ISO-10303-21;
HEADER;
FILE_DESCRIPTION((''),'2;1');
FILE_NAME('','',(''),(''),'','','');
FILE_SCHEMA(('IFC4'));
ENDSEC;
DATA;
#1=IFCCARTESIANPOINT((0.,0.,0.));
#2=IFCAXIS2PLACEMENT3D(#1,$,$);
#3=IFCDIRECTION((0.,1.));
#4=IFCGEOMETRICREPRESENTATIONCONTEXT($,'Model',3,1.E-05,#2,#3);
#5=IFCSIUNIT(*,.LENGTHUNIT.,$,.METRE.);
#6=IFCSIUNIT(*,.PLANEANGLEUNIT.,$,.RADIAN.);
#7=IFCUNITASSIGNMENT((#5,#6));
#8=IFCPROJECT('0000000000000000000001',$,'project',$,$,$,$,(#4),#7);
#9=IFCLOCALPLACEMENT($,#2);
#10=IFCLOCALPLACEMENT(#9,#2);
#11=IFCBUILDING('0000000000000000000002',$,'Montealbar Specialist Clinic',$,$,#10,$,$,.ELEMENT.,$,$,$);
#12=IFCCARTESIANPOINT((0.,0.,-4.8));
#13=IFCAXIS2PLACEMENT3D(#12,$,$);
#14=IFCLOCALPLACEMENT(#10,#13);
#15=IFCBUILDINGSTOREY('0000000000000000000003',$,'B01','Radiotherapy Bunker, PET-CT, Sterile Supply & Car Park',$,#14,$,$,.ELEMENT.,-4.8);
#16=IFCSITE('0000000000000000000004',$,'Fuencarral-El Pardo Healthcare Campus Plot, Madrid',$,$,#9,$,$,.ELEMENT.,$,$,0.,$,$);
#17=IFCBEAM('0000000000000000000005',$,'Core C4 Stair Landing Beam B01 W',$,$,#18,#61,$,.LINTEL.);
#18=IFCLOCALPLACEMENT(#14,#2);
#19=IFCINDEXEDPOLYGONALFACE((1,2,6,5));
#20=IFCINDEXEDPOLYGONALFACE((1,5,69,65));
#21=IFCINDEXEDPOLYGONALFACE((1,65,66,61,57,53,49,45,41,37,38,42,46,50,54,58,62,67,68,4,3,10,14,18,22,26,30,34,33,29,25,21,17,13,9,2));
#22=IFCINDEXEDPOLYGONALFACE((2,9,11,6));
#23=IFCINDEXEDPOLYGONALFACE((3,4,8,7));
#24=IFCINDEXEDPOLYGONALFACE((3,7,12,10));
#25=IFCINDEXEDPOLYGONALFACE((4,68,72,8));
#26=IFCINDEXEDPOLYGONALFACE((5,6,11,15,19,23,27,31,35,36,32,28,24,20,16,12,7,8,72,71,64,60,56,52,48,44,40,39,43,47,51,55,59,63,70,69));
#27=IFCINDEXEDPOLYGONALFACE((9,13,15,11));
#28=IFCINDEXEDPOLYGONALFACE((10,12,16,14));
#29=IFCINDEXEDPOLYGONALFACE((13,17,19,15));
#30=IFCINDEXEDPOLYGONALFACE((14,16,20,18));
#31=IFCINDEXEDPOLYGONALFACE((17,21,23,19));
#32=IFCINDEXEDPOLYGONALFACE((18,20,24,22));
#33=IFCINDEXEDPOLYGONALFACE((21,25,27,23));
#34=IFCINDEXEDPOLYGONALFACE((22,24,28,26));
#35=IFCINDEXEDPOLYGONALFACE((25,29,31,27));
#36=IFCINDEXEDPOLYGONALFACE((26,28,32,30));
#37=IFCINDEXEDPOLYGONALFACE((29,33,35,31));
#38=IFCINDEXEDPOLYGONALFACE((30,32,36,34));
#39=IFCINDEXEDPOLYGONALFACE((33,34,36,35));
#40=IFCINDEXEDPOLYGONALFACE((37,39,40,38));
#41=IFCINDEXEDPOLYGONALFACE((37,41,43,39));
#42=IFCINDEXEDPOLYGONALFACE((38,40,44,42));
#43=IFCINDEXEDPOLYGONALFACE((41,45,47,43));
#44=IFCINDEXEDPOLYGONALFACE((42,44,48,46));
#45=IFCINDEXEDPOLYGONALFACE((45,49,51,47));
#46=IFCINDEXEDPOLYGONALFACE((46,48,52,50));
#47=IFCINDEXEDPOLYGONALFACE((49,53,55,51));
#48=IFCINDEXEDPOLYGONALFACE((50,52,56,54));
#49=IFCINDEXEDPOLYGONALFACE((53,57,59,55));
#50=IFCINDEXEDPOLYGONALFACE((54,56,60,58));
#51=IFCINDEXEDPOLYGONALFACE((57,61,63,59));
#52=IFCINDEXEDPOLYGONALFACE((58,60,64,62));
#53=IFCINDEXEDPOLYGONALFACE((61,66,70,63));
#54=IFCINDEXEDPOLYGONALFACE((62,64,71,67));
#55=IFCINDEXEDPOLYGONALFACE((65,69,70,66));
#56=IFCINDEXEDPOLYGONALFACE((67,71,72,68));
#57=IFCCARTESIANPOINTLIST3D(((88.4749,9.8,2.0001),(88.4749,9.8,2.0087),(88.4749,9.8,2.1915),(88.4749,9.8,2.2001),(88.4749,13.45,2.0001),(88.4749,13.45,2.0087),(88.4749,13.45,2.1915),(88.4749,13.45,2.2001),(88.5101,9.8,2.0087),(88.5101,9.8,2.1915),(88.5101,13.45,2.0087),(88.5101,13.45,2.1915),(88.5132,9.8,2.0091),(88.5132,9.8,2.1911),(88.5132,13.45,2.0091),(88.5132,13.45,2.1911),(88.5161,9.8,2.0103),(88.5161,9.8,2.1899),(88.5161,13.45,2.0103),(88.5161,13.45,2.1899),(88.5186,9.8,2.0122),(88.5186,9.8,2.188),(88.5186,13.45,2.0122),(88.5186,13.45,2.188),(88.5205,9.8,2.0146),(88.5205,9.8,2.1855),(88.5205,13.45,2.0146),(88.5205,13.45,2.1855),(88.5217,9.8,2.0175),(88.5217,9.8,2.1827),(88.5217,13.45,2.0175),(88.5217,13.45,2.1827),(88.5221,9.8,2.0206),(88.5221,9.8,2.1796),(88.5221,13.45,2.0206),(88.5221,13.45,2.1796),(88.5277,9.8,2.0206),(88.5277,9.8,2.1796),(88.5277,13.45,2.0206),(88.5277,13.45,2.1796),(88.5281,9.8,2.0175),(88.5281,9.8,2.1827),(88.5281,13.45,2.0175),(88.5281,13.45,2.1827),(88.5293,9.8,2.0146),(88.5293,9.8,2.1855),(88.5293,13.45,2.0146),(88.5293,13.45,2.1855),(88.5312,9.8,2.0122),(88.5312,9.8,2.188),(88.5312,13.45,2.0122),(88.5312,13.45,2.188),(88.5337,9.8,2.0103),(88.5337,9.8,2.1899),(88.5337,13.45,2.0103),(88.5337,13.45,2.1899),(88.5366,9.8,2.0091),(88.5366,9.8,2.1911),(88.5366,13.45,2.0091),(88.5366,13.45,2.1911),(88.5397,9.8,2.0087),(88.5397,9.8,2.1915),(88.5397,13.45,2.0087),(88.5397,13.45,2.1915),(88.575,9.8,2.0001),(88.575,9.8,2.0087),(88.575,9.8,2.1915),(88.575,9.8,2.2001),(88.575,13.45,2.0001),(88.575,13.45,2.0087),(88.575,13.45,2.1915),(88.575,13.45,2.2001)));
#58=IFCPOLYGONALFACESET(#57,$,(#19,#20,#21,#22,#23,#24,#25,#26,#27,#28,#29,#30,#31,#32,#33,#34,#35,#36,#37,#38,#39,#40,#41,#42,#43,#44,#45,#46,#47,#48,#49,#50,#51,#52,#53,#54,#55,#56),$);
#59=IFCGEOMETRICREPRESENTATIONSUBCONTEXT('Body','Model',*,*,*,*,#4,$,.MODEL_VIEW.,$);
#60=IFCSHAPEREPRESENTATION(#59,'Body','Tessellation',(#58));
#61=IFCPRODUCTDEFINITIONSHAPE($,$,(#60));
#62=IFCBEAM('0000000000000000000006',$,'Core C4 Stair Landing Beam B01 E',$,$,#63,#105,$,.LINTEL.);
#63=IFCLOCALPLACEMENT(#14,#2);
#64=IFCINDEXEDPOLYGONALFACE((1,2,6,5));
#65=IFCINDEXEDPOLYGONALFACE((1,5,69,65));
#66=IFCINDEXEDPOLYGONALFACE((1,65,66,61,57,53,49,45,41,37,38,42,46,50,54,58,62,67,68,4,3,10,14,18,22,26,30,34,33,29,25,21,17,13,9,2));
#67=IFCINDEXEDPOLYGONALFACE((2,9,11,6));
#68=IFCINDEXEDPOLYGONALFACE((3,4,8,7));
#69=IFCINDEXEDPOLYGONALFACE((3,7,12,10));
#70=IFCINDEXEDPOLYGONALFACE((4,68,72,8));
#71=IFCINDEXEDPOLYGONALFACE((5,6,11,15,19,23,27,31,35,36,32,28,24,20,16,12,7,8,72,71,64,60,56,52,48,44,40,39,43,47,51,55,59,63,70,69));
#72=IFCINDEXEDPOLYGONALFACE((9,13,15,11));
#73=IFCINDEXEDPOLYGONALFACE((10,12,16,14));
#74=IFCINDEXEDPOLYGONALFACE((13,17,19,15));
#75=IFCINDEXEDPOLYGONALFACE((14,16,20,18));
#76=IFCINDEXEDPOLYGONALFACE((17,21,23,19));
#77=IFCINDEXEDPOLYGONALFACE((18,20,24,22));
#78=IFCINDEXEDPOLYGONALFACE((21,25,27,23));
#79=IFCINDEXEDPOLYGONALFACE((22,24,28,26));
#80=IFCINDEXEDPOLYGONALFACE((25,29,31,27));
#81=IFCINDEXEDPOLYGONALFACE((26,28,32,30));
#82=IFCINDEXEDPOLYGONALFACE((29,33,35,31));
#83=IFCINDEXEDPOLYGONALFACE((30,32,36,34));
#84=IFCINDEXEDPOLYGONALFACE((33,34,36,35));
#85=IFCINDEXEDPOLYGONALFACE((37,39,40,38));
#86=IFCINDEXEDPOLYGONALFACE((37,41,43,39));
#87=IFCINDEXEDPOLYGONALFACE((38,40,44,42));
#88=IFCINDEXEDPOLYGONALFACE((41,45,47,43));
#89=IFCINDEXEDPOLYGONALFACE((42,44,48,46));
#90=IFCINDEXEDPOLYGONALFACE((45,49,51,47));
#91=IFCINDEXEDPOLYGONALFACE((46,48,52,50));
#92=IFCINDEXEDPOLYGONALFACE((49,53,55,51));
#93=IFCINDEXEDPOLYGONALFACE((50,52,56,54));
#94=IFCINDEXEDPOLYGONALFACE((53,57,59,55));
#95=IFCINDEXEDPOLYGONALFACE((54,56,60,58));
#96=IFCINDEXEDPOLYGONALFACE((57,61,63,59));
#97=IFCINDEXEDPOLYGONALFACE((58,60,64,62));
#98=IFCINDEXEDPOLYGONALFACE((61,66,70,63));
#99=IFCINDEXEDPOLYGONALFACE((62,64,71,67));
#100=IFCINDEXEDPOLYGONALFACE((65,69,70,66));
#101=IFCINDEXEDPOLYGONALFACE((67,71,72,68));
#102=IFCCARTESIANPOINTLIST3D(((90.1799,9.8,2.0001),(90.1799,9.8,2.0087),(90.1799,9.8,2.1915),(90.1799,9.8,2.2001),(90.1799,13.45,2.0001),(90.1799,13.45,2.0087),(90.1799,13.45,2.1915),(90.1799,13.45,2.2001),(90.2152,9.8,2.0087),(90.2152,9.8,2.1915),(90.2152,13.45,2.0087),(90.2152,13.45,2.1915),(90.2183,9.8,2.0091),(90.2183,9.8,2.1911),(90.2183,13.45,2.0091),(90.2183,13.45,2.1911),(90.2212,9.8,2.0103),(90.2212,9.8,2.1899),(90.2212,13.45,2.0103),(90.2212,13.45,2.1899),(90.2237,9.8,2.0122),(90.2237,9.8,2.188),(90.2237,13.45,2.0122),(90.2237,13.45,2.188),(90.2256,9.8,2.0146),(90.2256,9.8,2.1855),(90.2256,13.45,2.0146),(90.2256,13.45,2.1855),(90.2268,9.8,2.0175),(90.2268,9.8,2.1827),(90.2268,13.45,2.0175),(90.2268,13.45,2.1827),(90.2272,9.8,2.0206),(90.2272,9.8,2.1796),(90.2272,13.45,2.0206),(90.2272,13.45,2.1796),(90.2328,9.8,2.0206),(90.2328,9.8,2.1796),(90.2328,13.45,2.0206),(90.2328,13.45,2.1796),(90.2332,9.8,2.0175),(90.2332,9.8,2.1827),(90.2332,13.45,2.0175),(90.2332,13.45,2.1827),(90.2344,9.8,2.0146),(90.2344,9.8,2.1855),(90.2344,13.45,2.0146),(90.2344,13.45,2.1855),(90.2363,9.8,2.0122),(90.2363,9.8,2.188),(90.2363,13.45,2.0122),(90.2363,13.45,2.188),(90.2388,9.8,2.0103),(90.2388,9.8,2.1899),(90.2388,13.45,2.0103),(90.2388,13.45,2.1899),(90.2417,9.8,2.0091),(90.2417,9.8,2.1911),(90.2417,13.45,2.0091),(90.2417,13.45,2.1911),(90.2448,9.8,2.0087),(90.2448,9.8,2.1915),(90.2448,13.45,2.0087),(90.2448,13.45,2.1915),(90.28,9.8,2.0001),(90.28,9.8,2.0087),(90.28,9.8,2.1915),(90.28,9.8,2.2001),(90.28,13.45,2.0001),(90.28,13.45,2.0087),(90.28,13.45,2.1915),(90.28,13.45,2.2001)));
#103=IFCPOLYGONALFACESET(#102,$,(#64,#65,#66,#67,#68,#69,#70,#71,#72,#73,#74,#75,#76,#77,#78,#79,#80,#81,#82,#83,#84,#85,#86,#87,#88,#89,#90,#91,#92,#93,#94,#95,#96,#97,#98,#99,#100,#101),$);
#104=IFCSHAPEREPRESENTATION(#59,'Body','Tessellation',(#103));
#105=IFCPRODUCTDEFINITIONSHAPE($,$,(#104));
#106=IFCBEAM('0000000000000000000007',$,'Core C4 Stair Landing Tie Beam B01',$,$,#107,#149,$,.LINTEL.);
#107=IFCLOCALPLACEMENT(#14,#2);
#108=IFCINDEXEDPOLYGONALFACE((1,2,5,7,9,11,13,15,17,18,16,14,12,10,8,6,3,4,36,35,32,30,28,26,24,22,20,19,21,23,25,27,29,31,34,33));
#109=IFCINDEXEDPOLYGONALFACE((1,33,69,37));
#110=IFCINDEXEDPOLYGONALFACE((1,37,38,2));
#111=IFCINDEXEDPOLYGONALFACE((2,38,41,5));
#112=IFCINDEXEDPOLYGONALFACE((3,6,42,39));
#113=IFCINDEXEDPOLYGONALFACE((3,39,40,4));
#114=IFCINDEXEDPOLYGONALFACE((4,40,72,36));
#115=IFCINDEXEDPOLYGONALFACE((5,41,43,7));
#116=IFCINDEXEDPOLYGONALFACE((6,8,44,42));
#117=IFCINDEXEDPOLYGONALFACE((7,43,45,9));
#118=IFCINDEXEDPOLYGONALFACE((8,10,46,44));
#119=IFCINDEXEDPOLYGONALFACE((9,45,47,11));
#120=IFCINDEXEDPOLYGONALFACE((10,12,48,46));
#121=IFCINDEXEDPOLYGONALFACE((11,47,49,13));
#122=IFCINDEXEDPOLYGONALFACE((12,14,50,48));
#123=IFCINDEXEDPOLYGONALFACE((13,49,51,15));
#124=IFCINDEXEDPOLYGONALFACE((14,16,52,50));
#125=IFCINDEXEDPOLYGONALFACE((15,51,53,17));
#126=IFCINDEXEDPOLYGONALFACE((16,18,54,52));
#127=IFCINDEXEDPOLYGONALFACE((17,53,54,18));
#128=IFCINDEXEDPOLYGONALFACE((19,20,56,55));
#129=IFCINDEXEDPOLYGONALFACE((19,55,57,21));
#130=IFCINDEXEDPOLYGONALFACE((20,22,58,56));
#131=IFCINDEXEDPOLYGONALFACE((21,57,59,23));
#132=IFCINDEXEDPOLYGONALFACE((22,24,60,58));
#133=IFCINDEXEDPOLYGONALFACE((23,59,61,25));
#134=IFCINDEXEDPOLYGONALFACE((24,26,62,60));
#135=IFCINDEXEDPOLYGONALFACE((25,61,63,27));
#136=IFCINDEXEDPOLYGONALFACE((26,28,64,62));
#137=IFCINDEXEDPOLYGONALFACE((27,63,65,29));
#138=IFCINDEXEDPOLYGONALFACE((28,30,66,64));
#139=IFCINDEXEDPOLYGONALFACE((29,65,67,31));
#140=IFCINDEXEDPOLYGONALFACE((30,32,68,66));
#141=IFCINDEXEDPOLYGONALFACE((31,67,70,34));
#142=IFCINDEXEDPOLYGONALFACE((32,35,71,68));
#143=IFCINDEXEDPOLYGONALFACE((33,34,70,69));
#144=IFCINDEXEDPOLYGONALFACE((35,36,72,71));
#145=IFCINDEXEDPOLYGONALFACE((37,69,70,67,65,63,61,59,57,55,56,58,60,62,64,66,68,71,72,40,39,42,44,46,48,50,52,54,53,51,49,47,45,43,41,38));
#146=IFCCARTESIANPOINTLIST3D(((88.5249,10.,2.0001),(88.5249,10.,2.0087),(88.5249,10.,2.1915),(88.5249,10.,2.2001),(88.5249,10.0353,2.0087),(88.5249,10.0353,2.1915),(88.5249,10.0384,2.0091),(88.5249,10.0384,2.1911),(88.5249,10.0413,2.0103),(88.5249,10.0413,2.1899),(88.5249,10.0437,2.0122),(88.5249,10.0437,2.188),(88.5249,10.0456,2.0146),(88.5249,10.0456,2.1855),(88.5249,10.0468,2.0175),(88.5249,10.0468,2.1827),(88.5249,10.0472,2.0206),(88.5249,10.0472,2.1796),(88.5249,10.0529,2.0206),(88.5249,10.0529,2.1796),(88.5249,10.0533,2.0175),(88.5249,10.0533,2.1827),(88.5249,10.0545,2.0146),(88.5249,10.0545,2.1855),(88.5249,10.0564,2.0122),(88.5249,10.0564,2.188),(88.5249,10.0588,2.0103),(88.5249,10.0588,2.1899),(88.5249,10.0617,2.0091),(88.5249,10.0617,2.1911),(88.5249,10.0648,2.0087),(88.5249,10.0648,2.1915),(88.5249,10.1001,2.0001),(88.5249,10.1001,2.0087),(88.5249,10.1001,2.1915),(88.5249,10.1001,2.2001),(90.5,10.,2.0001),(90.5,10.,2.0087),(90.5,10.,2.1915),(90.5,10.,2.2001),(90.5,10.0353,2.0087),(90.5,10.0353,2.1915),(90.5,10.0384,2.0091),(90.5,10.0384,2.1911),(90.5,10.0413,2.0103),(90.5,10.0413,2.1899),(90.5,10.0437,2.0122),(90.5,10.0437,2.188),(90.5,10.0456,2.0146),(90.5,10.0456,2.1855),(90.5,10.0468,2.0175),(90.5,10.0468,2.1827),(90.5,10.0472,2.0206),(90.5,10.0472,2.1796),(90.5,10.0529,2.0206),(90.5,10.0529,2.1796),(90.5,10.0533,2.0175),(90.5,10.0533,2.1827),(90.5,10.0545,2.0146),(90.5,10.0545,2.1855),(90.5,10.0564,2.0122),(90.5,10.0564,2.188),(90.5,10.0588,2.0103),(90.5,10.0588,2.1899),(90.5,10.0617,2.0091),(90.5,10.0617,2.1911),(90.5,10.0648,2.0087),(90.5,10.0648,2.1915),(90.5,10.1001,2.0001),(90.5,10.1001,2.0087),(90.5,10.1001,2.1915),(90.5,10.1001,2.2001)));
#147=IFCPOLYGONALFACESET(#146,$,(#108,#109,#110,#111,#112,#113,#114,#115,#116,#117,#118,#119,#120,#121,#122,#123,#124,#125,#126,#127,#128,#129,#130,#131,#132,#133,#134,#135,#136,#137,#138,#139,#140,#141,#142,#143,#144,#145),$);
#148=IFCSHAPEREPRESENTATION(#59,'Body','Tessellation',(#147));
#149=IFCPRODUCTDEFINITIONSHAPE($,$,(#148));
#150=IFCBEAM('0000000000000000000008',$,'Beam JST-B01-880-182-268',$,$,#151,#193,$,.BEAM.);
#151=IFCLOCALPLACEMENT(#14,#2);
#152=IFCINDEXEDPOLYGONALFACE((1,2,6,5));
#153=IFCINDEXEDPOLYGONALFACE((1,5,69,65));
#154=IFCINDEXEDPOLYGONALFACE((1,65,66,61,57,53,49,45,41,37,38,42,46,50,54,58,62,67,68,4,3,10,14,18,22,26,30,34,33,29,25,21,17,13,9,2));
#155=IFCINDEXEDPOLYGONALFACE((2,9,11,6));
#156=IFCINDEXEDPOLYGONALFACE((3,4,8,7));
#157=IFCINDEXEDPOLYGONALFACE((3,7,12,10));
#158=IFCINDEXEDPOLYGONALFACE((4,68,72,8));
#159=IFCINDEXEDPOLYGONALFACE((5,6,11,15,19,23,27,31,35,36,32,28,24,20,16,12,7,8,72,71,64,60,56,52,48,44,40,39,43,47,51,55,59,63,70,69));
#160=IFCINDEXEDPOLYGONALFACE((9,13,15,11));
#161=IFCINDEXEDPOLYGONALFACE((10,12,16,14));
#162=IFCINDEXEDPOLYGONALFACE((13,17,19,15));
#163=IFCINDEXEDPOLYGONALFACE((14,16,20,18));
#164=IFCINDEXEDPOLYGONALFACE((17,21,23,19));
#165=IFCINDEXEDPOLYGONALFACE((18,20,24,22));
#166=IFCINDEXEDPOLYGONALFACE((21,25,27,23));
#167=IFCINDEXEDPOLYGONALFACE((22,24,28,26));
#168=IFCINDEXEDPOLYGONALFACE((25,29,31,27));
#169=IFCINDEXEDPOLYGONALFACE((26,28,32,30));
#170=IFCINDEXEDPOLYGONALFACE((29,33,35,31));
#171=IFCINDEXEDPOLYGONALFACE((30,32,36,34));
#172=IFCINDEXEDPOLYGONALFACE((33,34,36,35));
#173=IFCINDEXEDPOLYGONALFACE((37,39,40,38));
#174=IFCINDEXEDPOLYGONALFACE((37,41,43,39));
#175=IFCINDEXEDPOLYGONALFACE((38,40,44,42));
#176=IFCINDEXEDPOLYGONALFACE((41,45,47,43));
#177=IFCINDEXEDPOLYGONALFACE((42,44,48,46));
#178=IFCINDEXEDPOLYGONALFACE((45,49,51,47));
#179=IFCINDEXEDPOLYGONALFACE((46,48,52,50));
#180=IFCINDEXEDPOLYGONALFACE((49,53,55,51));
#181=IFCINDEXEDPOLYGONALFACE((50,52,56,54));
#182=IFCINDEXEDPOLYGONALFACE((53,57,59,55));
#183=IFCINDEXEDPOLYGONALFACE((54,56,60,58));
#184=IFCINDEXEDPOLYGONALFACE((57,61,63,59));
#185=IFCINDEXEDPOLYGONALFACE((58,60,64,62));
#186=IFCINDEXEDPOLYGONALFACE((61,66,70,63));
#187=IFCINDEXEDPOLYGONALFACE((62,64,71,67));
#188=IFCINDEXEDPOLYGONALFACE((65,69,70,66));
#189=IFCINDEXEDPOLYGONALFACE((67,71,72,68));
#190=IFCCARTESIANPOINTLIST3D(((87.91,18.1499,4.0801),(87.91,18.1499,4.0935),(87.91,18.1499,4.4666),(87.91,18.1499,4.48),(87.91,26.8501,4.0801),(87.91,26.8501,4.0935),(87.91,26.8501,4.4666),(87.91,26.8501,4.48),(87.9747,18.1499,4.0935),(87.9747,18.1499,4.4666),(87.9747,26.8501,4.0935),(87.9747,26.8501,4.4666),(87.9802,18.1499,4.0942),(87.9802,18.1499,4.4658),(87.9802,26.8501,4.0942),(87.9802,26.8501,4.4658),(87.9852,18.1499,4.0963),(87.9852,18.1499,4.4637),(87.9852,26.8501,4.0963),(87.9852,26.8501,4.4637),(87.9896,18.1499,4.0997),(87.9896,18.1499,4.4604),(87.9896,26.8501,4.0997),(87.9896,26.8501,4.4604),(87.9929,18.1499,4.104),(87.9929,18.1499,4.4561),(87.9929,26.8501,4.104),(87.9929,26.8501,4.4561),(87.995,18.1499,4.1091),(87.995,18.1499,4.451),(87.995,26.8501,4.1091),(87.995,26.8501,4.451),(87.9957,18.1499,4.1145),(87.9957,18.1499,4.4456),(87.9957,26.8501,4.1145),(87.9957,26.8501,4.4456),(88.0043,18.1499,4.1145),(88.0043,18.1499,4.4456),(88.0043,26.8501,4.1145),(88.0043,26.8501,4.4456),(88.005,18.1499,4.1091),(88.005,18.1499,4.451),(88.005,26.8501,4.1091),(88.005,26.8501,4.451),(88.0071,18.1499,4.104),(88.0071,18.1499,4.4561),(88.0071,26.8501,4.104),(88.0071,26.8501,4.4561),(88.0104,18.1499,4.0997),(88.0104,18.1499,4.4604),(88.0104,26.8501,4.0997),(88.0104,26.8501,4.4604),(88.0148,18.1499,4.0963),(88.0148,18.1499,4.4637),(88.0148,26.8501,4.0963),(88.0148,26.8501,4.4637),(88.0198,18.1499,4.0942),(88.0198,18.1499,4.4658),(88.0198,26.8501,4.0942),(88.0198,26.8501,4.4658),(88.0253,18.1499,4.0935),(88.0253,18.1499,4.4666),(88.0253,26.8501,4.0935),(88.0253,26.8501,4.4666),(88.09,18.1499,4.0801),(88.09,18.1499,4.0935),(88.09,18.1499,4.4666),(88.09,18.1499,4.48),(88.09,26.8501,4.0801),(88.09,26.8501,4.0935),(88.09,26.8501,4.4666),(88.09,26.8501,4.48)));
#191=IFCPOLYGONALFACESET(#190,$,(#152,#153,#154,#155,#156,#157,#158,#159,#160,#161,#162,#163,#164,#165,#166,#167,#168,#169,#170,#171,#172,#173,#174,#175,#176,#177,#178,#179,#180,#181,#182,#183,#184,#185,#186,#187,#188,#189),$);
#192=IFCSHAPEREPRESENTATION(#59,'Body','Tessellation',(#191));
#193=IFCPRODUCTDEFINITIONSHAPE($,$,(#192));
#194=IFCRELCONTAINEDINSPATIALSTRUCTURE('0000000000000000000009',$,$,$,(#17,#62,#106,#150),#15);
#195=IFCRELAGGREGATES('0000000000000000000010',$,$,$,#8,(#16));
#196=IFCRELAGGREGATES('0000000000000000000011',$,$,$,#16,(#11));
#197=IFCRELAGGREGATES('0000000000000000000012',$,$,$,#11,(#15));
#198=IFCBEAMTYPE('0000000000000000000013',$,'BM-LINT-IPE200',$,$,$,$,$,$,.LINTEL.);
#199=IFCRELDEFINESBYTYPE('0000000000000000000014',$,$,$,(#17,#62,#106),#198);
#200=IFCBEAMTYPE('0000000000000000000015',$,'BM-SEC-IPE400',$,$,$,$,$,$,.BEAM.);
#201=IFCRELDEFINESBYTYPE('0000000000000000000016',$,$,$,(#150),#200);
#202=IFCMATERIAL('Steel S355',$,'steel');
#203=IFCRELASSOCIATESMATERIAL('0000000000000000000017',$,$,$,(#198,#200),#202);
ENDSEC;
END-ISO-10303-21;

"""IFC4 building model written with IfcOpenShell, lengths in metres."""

from ifc_helpers import new_model, si_unit, direction, frame, origin, origin_2d, place, context, subcontext, project, spatial, i_section, extrude, material, material_profile, profile_set, type_object, element, save


model = new_model("IFC4")

# Units and contexts
model_context = context("Model", 3, precision=1e-05, world=origin(), true_north=direction((0.0, 1.0)))
body_context = subcontext(model_context, "Body", "Model", "MODEL_VIEW")
ifc_project = project(units=[si_unit("LENGTHUNIT", "METRE"), si_unit("PLANEANGLEUNIT", "RADIAN")], contexts=[model_context])

# Site, building, storey
site_placement = place(None, origin())
site = spatial("IfcSite", under=ifc_project, at=site_placement, Name="Fuencarral-El Pardo Healthcare Campus Plot, Madrid", CompositionType="ELEMENT", RefElevation=0.0)
building_placement = place(site_placement, origin())
building = spatial("IfcBuilding", under=site, at=building_placement, Name="Montealbar Specialist Clinic", CompositionType="ELEMENT")
storey_placement = place(building_placement, frame((0.0, 0.0, -4.8)))
storey = spatial("IfcBuildingStorey", under=building, at=storey_placement, Name="B01", Description="Radiotherapy Bunker, PET-CT, Sterile Supply & Car Park", CompositionType="ELEMENT", Elevation=-4.8)

# Beams
ifc_material_1 = material(Name="Steel S355", Category="steel")
ifc_material_profile_1 = material_profile(ifc_material_1, i_section(OverallWidth=0.1001, OverallDepth=0.2, WebThickness=0.0056, FlangeThickness=0.0085, FilletRadius=0.012, at=origin_2d()), Name="IPE 200", Category="steel")
ifc_profile_set_1 = profile_set([ifc_material_profile_1], Name="Steel S355")
beam_type_1 = type_object("IfcBeamType", Name="BM-LINT-IPE200", PredefinedType="LINTEL", material=ifc_profile_set_1)
for number, where, z_axis, x_axis, name in (
    (1, (88.5249, 9.8, 2.1001), (0.0, 1.0, 0.0), (-1.0, 0.0, 0.0), "Core C4 Stair Landing Beam B01 W"),
    (2, (90.23, 9.8, 2.1001), (0.0, 1.0, 0.0), (-1.0, 0.0, 0.0), "Core C4 Stair Landing Beam B01 E"),
):
    element("IfcBeam", number, at=place(storey_placement, frame(where, z_axis=z_axis, x_axis=x_axis)), inside=storey, type_object=beam_type_1, Name=name, PredefinedType="LINTEL", context=body_context, shape_type="SweptSolid", body=[
        extrude(i_section(OverallWidth=0.1001, OverallDepth=0.2, WebThickness=0.0056, FlangeThickness=0.0085, FilletRadius=0.012, at=origin_2d()), origin(), (0.0, 0.0, 1.0), 3.6499),
    ])
beam_1_placement = place(storey_placement, frame((88.5249, 10.05, 2.1001), z_axis=(1.0, 0.0, 0.0), x_axis=(0.0, 1.0, 0.0)))
element("IfcBeam", 3, at=beam_1_placement, inside=storey, type_object=beam_type_1, Name="Core C4 Stair Landing Tie Beam B01", PredefinedType="LINTEL", context=body_context, shape_type="SweptSolid", body=[
    extrude(i_section(OverallWidth=0.1001, OverallDepth=0.2, WebThickness=0.0056, FlangeThickness=0.0085, FilletRadius=0.012, at=origin_2d()), origin(), (0.0, 0.0, 1.0), 1.9751),
])
ifc_material_profile_2 = material_profile(ifc_material_1, i_section(OverallWidth=0.1799, OverallDepth=0.3999, WebThickness=0.0085, FlangeThickness=0.0134, FilletRadius=0.021, at=origin_2d()), Name="IPE 400", Category="steel")
ifc_profile_set_2 = profile_set([ifc_material_profile_2], Name="Steel S355")
beam_type_2 = type_object("IfcBeamType", Name="BM-SEC-IPE400", PredefinedType="BEAM", material=ifc_profile_set_2)
beam_2_placement = place(storey_placement, frame((88.0, 18.1499, 4.28), z_axis=(0.0, 1.0, 0.0), x_axis=(-1.0, 0.0, 0.0)))
element("IfcBeam", 4, at=beam_2_placement, inside=storey, type_object=beam_type_2, Name="Beam JST-B01-880-182-268", PredefinedType="BEAM", context=body_context, shape_type="SweptSolid", body=[
    extrude(i_section(OverallWidth=0.1799, OverallDepth=0.3999, WebThickness=0.0085, FlangeThickness=0.0134, FilletRadius=0.021, at=origin_2d()), origin(), (0.0, 0.0, 1.0), 8.7002),
])

save(model, "model.ifc")
